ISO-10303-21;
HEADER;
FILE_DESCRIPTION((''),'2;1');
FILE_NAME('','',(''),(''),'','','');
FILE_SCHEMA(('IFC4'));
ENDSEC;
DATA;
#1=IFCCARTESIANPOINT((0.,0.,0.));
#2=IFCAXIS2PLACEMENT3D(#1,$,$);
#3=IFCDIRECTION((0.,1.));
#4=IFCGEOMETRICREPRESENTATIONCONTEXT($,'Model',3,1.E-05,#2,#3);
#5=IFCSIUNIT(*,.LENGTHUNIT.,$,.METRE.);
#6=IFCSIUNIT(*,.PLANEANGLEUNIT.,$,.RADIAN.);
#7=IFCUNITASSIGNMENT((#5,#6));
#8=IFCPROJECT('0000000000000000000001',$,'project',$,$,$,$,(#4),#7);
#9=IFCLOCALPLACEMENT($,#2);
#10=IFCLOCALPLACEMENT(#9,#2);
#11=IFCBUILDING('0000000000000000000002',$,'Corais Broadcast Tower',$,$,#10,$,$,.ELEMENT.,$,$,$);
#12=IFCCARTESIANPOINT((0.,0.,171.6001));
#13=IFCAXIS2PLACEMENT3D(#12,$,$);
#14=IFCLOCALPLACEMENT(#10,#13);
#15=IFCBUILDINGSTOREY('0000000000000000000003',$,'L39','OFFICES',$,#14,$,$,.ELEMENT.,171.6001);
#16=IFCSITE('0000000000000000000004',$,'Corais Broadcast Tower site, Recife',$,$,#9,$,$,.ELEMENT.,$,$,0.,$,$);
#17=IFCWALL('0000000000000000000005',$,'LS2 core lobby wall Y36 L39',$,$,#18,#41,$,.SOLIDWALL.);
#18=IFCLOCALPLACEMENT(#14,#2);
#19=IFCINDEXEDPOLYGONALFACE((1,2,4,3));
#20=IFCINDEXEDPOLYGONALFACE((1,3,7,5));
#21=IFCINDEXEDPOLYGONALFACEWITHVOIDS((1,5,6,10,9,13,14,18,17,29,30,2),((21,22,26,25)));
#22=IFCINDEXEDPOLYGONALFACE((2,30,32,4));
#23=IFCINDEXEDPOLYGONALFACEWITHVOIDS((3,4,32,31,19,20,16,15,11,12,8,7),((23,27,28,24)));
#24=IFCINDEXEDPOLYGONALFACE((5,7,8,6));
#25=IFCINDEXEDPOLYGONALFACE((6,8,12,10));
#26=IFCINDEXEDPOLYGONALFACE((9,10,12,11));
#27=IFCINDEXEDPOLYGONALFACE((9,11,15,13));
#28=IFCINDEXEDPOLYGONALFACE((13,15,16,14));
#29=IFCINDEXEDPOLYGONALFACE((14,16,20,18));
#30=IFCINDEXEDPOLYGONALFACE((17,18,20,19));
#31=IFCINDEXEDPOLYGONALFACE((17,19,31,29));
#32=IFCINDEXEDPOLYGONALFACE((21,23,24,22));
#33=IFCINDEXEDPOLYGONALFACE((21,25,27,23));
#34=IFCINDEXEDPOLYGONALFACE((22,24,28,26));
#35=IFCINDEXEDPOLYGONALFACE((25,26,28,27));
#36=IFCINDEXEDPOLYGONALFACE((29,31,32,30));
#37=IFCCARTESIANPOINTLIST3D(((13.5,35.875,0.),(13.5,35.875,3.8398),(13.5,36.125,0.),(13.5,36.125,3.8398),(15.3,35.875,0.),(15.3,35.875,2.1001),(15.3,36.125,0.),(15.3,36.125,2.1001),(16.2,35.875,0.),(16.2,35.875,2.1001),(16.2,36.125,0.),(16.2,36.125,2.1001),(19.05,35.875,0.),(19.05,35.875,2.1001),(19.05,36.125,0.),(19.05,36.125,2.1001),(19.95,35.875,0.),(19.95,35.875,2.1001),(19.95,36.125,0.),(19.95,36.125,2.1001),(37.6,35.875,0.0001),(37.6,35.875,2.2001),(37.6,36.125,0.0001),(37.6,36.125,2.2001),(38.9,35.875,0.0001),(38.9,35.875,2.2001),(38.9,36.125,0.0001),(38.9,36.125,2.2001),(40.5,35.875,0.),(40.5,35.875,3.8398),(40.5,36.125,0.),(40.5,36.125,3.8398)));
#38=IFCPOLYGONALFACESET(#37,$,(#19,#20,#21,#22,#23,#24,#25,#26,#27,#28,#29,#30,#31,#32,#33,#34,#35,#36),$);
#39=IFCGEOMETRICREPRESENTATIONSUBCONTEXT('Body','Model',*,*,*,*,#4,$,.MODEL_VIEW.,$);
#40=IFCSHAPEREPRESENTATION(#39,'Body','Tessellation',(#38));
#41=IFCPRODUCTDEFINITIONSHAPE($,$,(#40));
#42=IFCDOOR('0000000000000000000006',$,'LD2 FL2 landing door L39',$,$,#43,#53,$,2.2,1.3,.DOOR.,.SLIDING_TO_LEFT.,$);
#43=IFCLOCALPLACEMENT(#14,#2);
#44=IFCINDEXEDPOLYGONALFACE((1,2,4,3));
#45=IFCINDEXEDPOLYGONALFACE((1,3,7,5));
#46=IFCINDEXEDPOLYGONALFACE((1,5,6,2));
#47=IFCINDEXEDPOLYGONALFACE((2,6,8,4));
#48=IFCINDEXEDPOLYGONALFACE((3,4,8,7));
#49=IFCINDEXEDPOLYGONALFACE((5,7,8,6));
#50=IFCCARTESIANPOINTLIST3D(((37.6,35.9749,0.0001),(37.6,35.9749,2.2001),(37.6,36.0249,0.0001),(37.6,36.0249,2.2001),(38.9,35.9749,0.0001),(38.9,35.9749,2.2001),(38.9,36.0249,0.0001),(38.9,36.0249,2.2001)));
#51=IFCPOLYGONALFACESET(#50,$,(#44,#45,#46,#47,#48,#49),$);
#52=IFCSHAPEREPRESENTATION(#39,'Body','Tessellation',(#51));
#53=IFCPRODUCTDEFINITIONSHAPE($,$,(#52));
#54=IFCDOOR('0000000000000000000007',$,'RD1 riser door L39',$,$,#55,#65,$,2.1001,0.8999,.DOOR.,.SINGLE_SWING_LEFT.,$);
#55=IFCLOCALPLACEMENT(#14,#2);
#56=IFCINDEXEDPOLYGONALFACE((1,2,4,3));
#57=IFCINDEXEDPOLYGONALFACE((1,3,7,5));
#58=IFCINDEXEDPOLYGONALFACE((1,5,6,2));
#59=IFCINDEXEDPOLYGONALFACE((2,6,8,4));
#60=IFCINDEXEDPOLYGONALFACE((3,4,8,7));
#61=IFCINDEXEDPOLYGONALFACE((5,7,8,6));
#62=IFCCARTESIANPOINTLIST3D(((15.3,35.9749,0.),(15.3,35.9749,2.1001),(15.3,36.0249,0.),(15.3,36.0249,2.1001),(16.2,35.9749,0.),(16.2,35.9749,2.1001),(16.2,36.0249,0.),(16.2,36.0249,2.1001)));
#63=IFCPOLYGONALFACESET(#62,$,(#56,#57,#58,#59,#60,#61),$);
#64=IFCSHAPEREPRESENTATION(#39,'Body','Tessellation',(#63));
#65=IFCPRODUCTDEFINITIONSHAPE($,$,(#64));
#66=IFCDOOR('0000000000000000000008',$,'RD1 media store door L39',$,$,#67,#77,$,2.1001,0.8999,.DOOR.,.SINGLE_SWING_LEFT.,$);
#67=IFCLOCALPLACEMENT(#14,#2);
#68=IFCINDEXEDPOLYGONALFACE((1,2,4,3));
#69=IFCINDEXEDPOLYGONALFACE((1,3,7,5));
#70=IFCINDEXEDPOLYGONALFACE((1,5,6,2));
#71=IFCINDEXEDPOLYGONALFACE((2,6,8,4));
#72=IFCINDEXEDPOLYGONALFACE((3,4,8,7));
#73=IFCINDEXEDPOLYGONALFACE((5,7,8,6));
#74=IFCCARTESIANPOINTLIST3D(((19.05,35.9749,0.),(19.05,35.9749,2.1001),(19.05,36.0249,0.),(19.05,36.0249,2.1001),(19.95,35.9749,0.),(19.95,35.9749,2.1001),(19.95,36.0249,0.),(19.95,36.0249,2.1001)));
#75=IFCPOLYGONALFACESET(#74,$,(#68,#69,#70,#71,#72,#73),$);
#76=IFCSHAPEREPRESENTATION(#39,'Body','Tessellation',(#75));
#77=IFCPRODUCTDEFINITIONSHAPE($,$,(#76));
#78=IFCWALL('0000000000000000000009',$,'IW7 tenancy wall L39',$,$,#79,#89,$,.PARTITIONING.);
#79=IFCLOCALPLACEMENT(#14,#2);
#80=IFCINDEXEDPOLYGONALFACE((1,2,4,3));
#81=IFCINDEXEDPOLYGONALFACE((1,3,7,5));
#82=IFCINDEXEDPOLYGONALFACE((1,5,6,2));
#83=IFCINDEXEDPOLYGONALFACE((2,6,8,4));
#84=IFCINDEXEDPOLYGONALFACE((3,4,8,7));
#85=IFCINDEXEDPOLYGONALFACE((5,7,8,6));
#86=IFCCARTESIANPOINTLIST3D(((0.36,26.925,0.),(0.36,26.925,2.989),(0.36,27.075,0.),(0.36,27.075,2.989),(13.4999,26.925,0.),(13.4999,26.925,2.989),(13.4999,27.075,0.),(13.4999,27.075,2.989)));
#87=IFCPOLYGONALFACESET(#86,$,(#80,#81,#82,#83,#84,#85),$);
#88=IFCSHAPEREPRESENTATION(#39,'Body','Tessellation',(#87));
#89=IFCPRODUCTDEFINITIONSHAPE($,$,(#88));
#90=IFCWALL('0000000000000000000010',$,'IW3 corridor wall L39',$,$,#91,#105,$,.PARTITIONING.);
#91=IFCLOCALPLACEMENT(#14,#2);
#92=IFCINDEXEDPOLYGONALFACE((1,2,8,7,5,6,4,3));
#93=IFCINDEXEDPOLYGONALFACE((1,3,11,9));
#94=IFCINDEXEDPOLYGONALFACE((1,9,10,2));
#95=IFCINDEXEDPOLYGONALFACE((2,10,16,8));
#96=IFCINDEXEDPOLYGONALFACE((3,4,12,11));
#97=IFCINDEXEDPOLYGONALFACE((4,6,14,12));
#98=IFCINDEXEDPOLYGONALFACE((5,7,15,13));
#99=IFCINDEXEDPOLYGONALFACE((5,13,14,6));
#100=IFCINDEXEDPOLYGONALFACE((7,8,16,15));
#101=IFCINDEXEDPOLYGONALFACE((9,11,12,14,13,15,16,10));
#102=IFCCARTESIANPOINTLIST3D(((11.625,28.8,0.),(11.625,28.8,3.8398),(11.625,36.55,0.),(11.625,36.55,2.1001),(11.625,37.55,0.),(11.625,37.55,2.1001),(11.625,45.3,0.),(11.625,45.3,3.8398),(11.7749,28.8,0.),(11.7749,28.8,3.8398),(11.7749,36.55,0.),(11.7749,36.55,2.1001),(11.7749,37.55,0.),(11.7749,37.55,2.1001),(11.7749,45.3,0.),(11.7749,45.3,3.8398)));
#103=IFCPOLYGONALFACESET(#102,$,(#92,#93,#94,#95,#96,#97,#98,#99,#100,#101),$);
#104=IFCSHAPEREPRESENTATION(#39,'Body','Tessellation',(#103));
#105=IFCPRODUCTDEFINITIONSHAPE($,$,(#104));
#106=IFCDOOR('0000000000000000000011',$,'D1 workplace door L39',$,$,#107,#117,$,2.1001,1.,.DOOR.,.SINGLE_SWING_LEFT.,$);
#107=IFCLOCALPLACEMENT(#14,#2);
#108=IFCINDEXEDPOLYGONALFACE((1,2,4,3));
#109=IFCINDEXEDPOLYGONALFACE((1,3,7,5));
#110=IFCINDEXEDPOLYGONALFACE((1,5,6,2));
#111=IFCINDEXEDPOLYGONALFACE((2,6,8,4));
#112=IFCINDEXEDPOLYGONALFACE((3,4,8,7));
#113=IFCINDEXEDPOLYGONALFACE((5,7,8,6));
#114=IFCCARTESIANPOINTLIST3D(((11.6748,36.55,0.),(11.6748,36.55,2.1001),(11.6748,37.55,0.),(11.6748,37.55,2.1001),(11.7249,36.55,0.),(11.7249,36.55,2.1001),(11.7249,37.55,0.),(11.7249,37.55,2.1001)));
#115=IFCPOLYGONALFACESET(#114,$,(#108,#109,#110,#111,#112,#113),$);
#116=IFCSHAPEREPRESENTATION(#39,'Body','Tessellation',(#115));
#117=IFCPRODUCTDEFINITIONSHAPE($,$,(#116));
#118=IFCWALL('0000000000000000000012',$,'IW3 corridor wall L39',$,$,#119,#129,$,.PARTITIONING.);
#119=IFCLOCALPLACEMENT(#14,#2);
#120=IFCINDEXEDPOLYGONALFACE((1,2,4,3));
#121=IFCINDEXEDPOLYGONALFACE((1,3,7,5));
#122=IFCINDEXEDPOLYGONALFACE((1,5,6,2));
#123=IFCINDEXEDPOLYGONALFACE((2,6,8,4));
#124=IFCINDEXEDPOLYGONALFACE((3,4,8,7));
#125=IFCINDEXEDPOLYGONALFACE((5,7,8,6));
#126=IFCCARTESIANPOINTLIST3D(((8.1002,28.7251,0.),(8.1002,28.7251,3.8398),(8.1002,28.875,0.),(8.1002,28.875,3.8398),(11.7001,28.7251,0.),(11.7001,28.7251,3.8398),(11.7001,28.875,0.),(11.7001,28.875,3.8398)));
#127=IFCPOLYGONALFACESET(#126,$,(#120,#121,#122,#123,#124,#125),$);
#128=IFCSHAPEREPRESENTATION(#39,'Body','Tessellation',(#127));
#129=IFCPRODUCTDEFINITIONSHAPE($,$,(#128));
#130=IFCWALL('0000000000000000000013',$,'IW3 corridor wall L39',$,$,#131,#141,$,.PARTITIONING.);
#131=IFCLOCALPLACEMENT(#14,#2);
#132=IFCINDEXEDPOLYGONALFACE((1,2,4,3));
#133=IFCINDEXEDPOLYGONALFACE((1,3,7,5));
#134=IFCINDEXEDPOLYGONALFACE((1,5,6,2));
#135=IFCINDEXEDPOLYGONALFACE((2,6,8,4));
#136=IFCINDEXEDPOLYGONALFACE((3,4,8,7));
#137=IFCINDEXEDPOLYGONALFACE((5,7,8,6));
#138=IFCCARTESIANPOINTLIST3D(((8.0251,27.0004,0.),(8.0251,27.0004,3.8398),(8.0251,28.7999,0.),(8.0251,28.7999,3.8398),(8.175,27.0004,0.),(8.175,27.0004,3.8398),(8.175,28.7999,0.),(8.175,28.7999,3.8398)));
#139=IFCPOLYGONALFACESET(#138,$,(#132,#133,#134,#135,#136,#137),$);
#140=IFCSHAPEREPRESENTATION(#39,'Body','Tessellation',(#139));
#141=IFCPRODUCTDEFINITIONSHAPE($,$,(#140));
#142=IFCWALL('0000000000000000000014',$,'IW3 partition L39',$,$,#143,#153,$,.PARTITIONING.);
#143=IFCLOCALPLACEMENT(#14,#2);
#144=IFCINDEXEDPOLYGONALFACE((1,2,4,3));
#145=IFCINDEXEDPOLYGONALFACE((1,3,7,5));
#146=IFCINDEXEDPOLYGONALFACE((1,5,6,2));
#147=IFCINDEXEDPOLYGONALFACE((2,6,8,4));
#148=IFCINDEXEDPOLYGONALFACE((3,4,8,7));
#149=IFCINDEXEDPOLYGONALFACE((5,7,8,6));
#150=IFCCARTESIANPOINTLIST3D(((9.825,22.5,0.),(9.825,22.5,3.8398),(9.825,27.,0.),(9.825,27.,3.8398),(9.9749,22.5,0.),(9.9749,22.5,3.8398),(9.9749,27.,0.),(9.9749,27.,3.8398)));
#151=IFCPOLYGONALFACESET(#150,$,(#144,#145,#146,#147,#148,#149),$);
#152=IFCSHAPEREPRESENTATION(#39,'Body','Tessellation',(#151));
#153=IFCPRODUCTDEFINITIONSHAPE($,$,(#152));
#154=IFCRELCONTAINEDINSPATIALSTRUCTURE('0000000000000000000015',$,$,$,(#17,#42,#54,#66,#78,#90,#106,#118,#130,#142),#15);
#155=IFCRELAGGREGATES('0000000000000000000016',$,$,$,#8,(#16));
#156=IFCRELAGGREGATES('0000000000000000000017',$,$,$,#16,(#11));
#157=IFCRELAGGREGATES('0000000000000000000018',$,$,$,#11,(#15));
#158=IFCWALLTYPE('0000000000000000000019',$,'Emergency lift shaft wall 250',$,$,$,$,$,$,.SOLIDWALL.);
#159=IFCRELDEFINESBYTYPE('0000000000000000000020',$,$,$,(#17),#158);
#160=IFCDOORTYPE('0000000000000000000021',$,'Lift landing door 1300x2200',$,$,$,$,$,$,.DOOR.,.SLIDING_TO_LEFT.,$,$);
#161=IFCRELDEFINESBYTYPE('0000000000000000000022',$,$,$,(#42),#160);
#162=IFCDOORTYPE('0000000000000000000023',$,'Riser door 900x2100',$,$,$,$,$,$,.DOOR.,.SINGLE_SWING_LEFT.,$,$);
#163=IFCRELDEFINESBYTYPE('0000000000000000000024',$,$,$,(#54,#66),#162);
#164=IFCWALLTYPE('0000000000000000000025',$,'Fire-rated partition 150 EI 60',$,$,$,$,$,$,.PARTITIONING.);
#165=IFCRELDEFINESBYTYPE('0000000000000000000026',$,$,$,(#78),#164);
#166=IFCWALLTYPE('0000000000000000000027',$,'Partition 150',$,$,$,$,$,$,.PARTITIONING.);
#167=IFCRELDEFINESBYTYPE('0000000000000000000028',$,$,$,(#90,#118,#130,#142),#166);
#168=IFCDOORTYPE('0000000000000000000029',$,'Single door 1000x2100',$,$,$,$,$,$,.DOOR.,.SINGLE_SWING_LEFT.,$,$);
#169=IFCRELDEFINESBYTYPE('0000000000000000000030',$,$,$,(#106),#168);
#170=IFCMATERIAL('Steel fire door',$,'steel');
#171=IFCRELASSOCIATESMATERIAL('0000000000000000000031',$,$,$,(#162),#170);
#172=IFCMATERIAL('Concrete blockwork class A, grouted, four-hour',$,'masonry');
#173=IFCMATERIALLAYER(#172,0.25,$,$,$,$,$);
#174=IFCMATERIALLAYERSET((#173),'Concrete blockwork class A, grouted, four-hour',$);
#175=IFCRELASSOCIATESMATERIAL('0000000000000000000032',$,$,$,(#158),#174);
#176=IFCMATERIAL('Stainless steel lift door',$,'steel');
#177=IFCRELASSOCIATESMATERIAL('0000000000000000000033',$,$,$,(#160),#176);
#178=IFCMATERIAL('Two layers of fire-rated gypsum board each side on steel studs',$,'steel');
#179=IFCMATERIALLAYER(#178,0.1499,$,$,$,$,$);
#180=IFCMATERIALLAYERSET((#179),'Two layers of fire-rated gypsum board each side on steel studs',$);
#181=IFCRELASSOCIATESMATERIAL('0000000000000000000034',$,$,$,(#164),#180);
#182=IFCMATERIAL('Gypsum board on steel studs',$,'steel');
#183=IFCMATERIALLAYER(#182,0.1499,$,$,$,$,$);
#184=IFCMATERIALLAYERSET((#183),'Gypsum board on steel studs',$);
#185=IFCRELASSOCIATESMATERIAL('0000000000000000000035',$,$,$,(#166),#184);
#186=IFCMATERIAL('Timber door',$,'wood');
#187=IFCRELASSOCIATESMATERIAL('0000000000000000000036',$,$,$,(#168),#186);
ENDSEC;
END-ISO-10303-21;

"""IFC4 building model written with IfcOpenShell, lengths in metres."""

from ifc_helpers import new_model, si_unit, direction, frame, frame_2d, origin, place, context, subcontext, project, spatial, rectangle, extrude, material, layer, layer_set, type_object, element, fill, save


model = new_model("IFC4")

# Units and contexts
model_context = context("Model", 3, precision=1e-05, world=origin(), true_north=direction((0.0, 1.0)))
body_context = subcontext(model_context, "Body", "Model", "MODEL_VIEW")
ifc_project = project(units=[si_unit("LENGTHUNIT", "METRE"), si_unit("PLANEANGLEUNIT", "RADIAN")], contexts=[model_context])

# Site, building, storey
site_placement = place(None, origin())
site = spatial("IfcSite", under=ifc_project, at=site_placement, Name="Corais Broadcast Tower site, Recife", CompositionType="ELEMENT", RefElevation=0.0)
building_placement = place(site_placement, origin())
building = spatial("IfcBuilding", under=site, at=building_placement, Name="Corais Broadcast Tower", CompositionType="ELEMENT")
storey_placement = place(building_placement, frame((0.0, 0.0, 171.6001)))
storey = spatial("IfcBuildingStorey", under=building, at=storey_placement, Name="L39", Description="OFFICES", CompositionType="ELEMENT", Elevation=171.6001)

# Wall, openings, doors
ifc_material_1 = material(Name="Steel fire door", Category="steel")
door_type_1 = type_object("IfcDoorType", Name="Riser door 900x2100", OperationType="SINGLE_SWING_LEFT", PredefinedType="DOOR", material=ifc_material_1)
ifc_material_2 = material(Name="Concrete blockwork class A, grouted, four-hour", Category="masonry")
ifc_layer_1 = layer(ifc_material_2, 0.25)
ifc_layer_set_1 = layer_set([ifc_layer_1], Name="Concrete blockwork class A, grouted, four-hour")
wall_type_1 = type_object("IfcWallType", Name="Emergency lift shaft wall 250", PredefinedType="SOLIDWALL", material=ifc_layer_set_1)
wall_1_placement = place(storey_placement, frame((13.5, 36.0, 0.0), z_axis=(0.0, 0.0, 1.0), x_axis=(1.0, 0.0, 0.0)))
wall_1 = element("IfcWall", 1, at=wall_1_placement, inside=storey, type_object=wall_type_1, Name="LS2 core lobby wall Y36 L39", PredefinedType="SOLIDWALL", context=body_context, shape_type="SweptSolid", body=[
    extrude(rectangle(XDim=27.0, YDim=0.25, at=frame_2d((13.5, 0.0))), origin(), (0.0, 0.0, 1.0), 3.8398),
])
opening_1_placement = place(wall_1_placement, frame((1.8, 0.0, 0.0)))
opening_1 = element("IfcOpeningElement", 2, at=opening_1_placement, cuts=wall_1, PredefinedType="OPENING", context=body_context, shape_type="SweptSolid", body=[
    extrude(rectangle(XDim=0.8999, YDim=2.1001, at=frame_2d((0.45, 1.05))), frame((0.0, 0.135, 0.0), z_axis=(0.0, -1.0, 0.0), x_axis=(1.0, 0.0, 0.0)), (0.0, 0.0, 1.0), 0.27),
])
opening_2_placement = place(wall_1_placement, frame((5.55, 0.0, 0.0)))
opening_2 = element("IfcOpeningElement", 3, at=opening_2_placement, cuts=wall_1, PredefinedType="OPENING", context=body_context, shape_type="SweptSolid", body=[
    extrude(rectangle(XDim=0.8999, YDim=2.1001, at=frame_2d((0.45, 1.05))), frame((0.0, 0.135, 0.0), z_axis=(0.0, -1.0, 0.0), x_axis=(1.0, 0.0, 0.0)), (0.0, 0.0, 1.0), 0.27),
])
opening_3_placement = place(wall_1_placement, frame((24.1001, 0.0, 0.0)))
opening_3 = element("IfcOpeningElement", 4, at=opening_3_placement, cuts=wall_1, PredefinedType="OPENING", context=body_context, shape_type="SweptSolid", body=[
    extrude(rectangle(XDim=1.3, YDim=2.2, at=frame_2d((0.6499, 1.1001))), frame((0.0, 0.135, 0.0), z_axis=(0.0, -1.0, 0.0), x_axis=(1.0, 0.0, 0.0)), (0.0, 0.0, 1.0), 0.27),
])
ifc_material_3 = material(Name="Stainless steel lift door", Category="steel")
door_type_2 = type_object("IfcDoorType", Name="Lift landing door 1300x2200", OperationType="SLIDING_TO_LEFT", PredefinedType="DOOR", material=ifc_material_3)
door_1_placement = place(opening_3_placement, origin())
door_1 = element("IfcDoor", 5, at=door_1_placement, inside=storey, type_object=door_type_2, Name="LD2 FL2 landing door L39", OperationType="SLIDING_TO_LEFT", OverallHeight=2.2, OverallWidth=1.3, PredefinedType="DOOR", context=body_context, shape_type="SweptSolid", body=[
    extrude(rectangle(XDim=1.3, YDim=2.2, at=frame_2d((0.6499, 1.1001))), frame((0.0, 0.0249, 0.0), z_axis=(0.0, -1.0, 0.0), x_axis=(1.0, 0.0, 0.0)), (0.0, 0.0, 1.0), 0.05),
])
fill(opening_3, door_1)
door_2_placement = place(opening_1_placement, origin())
door_2 = element("IfcDoor", 6, at=door_2_placement, inside=storey, type_object=door_type_1, Name="RD1 riser door L39", OperationType="SINGLE_SWING_LEFT", OverallHeight=2.1001, OverallWidth=0.8999, PredefinedType="DOOR", context=body_context, shape_type="SweptSolid", body=[
    extrude(rectangle(XDim=0.8999, YDim=2.1001, at=frame_2d((0.45, 1.05))), frame((0.0, 0.0249, 0.0), z_axis=(0.0, -1.0, 0.0), x_axis=(1.0, 0.0, 0.0)), (0.0, 0.0, 1.0), 0.05),
])
fill(opening_1, door_2)
door_3_placement = place(opening_2_placement, origin())
door_3 = element("IfcDoor", 7, at=door_3_placement, inside=storey, type_object=door_type_1, Name="RD1 media store door L39", OperationType="SINGLE_SWING_LEFT", OverallHeight=2.1001, OverallWidth=0.8999, PredefinedType="DOOR", context=body_context, shape_type="SweptSolid", body=[
    extrude(rectangle(XDim=0.8999, YDim=2.1001, at=frame_2d((0.45, 1.05))), frame((0.0, 0.0249, 0.0), z_axis=(0.0, -1.0, 0.0), x_axis=(1.0, 0.0, 0.0)), (0.0, 0.0, 1.0), 0.05),
])
fill(opening_2, door_3)

# Wall
ifc_material_4 = material(Name="Two layers of fire-rated gypsum board each side on steel studs", Category="steel")
ifc_layer_2 = layer(ifc_material_4, 0.1499)
ifc_layer_set_2 = layer_set([ifc_layer_2], Name="Two layers of fire-rated gypsum board each side on steel studs")
wall_type_2 = type_object("IfcWallType", Name="Fire-rated partition 150 EI 60", PredefinedType="PARTITIONING", material=ifc_layer_set_2)
wall_2_placement = place(storey_placement, frame((0.3601, 27.0, 0.0), z_axis=(0.0, 0.0, 1.0), x_axis=(1.0, 0.0, 0.0)))
element("IfcWall", 8, at=wall_2_placement, inside=storey, type_object=wall_type_2, Name="IW7 tenancy wall L39", PredefinedType="PARTITIONING", context=body_context, shape_type="SweptSolid", body=[
    extrude(rectangle(XDim=13.1399, YDim=0.1499, at=frame_2d((6.5698, 0.0))), origin(), (0.0, 0.0, 1.0), 2.989),
])

# Wall, opening, door
ifc_material_5 = material(Name="Gypsum board on steel studs", Category="steel")
ifc_layer_3 = layer(ifc_material_5, 0.1499)
ifc_layer_set_3 = layer_set([ifc_layer_3], Name="Gypsum board on steel studs")
wall_type_3 = type_object("IfcWallType", Name="Partition 150", PredefinedType="PARTITIONING", material=ifc_layer_set_3)
wall_3_placement = place(storey_placement, frame((11.7, 45.3, 0.0), z_axis=(0.0, 0.0, 1.0), x_axis=(0.0, -1.0, 0.0)))
wall_3 = element("IfcWall", 9, at=wall_3_placement, inside=storey, type_object=wall_type_3, Name="IW3 corridor wall L39", PredefinedType="PARTITIONING", context=body_context, shape_type="SweptSolid", body=[
    extrude(rectangle(XDim=16.5, YDim=0.1499, at=frame_2d((8.25, 0.0))), origin(), (0.0, 0.0, 1.0), 3.8398),
])
opening_4_placement = place(wall_3_placement, frame((7.75, 0.0, 0.0)))
opening_4 = element("IfcOpeningElement", 10, at=opening_4_placement, cuts=wall_3, PredefinedType="OPENING", context=body_context, shape_type="SweptSolid", body=[
    extrude(rectangle(XDim=1.0, YDim=2.1001, at=frame_2d((0.5, 1.05))), frame((0.0, 0.085, 0.0), z_axis=(0.0, -1.0, 0.0), x_axis=(1.0, 0.0, 0.0)), (0.0, 0.0, 1.0), 0.1699),
])
ifc_material_6 = material(Name="Timber door", Category="wood")
door_type_3 = type_object("IfcDoorType", Name="Single door 1000x2100", OperationType="SINGLE_SWING_LEFT", PredefinedType="DOOR", material=ifc_material_6)
door_4_placement = place(opening_4_placement, origin())
door_4 = element("IfcDoor", 11, at=door_4_placement, inside=storey, type_object=door_type_3, Name="D1 workplace door L39", OperationType="SINGLE_SWING_LEFT", OverallHeight=2.1001, OverallWidth=1.0, PredefinedType="DOOR", context=body_context, shape_type="SweptSolid", body=[
    extrude(rectangle(XDim=1.0, YDim=2.1001, at=frame_2d((0.5, 1.05))), frame((0.0, 0.0249, 0.0), z_axis=(0.0, -1.0, 0.0), x_axis=(1.0, 0.0, 0.0)), (0.0, 0.0, 1.0), 0.05),
])
fill(opening_4, door_4)

# Walls
wall_4_placement = place(storey_placement, frame((11.7, 28.8, 0.0), z_axis=(0.0, 0.0, 1.0), x_axis=(-1.0, 0.0, 0.0)))
element("IfcWall", 12, at=wall_4_placement, inside=storey, type_object=wall_type_3, Name="IW3 corridor wall L39", PredefinedType="PARTITIONING", context=body_context, shape_type="SweptSolid", body=[
    extrude(rectangle(XDim=3.5999, YDim=0.1499, at=frame_2d((1.7998, 0.0))), origin(), (0.0, 0.0, 1.0), 3.8398),
])
wall_5_placement = place(storey_placement, frame((8.1001, 28.8, 0.0), z_axis=(0.0, 0.0, 1.0), x_axis=(0.0, -1.0, 0.0)))
element("IfcWall", 13, at=wall_5_placement, inside=storey, type_object=wall_type_3, Name="IW3 corridor wall L39", PredefinedType="PARTITIONING", context=body_context, shape_type="SweptSolid", body=[
    extrude(rectangle(XDim=1.7996, YDim=0.1499, at=frame_2d((0.8999, 0.0))), origin(), (0.0, 0.0, 1.0), 3.8398),
])
wall_6_placement = place(storey_placement, frame((9.8999, 27.0, 0.0), z_axis=(0.0, 0.0, 1.0), x_axis=(0.0, -1.0, 0.0)))
element("IfcWall", 14, at=wall_6_placement, inside=storey, type_object=wall_type_3, Name="IW3 partition L39", PredefinedType="PARTITIONING", context=body_context, shape_type="SweptSolid", body=[
    extrude(rectangle(XDim=4.5, YDim=0.1499, at=frame_2d((2.25, 0.0))), origin(), (0.0, 0.0, 1.0), 3.8398),
])

save(model, "model.ifc")
